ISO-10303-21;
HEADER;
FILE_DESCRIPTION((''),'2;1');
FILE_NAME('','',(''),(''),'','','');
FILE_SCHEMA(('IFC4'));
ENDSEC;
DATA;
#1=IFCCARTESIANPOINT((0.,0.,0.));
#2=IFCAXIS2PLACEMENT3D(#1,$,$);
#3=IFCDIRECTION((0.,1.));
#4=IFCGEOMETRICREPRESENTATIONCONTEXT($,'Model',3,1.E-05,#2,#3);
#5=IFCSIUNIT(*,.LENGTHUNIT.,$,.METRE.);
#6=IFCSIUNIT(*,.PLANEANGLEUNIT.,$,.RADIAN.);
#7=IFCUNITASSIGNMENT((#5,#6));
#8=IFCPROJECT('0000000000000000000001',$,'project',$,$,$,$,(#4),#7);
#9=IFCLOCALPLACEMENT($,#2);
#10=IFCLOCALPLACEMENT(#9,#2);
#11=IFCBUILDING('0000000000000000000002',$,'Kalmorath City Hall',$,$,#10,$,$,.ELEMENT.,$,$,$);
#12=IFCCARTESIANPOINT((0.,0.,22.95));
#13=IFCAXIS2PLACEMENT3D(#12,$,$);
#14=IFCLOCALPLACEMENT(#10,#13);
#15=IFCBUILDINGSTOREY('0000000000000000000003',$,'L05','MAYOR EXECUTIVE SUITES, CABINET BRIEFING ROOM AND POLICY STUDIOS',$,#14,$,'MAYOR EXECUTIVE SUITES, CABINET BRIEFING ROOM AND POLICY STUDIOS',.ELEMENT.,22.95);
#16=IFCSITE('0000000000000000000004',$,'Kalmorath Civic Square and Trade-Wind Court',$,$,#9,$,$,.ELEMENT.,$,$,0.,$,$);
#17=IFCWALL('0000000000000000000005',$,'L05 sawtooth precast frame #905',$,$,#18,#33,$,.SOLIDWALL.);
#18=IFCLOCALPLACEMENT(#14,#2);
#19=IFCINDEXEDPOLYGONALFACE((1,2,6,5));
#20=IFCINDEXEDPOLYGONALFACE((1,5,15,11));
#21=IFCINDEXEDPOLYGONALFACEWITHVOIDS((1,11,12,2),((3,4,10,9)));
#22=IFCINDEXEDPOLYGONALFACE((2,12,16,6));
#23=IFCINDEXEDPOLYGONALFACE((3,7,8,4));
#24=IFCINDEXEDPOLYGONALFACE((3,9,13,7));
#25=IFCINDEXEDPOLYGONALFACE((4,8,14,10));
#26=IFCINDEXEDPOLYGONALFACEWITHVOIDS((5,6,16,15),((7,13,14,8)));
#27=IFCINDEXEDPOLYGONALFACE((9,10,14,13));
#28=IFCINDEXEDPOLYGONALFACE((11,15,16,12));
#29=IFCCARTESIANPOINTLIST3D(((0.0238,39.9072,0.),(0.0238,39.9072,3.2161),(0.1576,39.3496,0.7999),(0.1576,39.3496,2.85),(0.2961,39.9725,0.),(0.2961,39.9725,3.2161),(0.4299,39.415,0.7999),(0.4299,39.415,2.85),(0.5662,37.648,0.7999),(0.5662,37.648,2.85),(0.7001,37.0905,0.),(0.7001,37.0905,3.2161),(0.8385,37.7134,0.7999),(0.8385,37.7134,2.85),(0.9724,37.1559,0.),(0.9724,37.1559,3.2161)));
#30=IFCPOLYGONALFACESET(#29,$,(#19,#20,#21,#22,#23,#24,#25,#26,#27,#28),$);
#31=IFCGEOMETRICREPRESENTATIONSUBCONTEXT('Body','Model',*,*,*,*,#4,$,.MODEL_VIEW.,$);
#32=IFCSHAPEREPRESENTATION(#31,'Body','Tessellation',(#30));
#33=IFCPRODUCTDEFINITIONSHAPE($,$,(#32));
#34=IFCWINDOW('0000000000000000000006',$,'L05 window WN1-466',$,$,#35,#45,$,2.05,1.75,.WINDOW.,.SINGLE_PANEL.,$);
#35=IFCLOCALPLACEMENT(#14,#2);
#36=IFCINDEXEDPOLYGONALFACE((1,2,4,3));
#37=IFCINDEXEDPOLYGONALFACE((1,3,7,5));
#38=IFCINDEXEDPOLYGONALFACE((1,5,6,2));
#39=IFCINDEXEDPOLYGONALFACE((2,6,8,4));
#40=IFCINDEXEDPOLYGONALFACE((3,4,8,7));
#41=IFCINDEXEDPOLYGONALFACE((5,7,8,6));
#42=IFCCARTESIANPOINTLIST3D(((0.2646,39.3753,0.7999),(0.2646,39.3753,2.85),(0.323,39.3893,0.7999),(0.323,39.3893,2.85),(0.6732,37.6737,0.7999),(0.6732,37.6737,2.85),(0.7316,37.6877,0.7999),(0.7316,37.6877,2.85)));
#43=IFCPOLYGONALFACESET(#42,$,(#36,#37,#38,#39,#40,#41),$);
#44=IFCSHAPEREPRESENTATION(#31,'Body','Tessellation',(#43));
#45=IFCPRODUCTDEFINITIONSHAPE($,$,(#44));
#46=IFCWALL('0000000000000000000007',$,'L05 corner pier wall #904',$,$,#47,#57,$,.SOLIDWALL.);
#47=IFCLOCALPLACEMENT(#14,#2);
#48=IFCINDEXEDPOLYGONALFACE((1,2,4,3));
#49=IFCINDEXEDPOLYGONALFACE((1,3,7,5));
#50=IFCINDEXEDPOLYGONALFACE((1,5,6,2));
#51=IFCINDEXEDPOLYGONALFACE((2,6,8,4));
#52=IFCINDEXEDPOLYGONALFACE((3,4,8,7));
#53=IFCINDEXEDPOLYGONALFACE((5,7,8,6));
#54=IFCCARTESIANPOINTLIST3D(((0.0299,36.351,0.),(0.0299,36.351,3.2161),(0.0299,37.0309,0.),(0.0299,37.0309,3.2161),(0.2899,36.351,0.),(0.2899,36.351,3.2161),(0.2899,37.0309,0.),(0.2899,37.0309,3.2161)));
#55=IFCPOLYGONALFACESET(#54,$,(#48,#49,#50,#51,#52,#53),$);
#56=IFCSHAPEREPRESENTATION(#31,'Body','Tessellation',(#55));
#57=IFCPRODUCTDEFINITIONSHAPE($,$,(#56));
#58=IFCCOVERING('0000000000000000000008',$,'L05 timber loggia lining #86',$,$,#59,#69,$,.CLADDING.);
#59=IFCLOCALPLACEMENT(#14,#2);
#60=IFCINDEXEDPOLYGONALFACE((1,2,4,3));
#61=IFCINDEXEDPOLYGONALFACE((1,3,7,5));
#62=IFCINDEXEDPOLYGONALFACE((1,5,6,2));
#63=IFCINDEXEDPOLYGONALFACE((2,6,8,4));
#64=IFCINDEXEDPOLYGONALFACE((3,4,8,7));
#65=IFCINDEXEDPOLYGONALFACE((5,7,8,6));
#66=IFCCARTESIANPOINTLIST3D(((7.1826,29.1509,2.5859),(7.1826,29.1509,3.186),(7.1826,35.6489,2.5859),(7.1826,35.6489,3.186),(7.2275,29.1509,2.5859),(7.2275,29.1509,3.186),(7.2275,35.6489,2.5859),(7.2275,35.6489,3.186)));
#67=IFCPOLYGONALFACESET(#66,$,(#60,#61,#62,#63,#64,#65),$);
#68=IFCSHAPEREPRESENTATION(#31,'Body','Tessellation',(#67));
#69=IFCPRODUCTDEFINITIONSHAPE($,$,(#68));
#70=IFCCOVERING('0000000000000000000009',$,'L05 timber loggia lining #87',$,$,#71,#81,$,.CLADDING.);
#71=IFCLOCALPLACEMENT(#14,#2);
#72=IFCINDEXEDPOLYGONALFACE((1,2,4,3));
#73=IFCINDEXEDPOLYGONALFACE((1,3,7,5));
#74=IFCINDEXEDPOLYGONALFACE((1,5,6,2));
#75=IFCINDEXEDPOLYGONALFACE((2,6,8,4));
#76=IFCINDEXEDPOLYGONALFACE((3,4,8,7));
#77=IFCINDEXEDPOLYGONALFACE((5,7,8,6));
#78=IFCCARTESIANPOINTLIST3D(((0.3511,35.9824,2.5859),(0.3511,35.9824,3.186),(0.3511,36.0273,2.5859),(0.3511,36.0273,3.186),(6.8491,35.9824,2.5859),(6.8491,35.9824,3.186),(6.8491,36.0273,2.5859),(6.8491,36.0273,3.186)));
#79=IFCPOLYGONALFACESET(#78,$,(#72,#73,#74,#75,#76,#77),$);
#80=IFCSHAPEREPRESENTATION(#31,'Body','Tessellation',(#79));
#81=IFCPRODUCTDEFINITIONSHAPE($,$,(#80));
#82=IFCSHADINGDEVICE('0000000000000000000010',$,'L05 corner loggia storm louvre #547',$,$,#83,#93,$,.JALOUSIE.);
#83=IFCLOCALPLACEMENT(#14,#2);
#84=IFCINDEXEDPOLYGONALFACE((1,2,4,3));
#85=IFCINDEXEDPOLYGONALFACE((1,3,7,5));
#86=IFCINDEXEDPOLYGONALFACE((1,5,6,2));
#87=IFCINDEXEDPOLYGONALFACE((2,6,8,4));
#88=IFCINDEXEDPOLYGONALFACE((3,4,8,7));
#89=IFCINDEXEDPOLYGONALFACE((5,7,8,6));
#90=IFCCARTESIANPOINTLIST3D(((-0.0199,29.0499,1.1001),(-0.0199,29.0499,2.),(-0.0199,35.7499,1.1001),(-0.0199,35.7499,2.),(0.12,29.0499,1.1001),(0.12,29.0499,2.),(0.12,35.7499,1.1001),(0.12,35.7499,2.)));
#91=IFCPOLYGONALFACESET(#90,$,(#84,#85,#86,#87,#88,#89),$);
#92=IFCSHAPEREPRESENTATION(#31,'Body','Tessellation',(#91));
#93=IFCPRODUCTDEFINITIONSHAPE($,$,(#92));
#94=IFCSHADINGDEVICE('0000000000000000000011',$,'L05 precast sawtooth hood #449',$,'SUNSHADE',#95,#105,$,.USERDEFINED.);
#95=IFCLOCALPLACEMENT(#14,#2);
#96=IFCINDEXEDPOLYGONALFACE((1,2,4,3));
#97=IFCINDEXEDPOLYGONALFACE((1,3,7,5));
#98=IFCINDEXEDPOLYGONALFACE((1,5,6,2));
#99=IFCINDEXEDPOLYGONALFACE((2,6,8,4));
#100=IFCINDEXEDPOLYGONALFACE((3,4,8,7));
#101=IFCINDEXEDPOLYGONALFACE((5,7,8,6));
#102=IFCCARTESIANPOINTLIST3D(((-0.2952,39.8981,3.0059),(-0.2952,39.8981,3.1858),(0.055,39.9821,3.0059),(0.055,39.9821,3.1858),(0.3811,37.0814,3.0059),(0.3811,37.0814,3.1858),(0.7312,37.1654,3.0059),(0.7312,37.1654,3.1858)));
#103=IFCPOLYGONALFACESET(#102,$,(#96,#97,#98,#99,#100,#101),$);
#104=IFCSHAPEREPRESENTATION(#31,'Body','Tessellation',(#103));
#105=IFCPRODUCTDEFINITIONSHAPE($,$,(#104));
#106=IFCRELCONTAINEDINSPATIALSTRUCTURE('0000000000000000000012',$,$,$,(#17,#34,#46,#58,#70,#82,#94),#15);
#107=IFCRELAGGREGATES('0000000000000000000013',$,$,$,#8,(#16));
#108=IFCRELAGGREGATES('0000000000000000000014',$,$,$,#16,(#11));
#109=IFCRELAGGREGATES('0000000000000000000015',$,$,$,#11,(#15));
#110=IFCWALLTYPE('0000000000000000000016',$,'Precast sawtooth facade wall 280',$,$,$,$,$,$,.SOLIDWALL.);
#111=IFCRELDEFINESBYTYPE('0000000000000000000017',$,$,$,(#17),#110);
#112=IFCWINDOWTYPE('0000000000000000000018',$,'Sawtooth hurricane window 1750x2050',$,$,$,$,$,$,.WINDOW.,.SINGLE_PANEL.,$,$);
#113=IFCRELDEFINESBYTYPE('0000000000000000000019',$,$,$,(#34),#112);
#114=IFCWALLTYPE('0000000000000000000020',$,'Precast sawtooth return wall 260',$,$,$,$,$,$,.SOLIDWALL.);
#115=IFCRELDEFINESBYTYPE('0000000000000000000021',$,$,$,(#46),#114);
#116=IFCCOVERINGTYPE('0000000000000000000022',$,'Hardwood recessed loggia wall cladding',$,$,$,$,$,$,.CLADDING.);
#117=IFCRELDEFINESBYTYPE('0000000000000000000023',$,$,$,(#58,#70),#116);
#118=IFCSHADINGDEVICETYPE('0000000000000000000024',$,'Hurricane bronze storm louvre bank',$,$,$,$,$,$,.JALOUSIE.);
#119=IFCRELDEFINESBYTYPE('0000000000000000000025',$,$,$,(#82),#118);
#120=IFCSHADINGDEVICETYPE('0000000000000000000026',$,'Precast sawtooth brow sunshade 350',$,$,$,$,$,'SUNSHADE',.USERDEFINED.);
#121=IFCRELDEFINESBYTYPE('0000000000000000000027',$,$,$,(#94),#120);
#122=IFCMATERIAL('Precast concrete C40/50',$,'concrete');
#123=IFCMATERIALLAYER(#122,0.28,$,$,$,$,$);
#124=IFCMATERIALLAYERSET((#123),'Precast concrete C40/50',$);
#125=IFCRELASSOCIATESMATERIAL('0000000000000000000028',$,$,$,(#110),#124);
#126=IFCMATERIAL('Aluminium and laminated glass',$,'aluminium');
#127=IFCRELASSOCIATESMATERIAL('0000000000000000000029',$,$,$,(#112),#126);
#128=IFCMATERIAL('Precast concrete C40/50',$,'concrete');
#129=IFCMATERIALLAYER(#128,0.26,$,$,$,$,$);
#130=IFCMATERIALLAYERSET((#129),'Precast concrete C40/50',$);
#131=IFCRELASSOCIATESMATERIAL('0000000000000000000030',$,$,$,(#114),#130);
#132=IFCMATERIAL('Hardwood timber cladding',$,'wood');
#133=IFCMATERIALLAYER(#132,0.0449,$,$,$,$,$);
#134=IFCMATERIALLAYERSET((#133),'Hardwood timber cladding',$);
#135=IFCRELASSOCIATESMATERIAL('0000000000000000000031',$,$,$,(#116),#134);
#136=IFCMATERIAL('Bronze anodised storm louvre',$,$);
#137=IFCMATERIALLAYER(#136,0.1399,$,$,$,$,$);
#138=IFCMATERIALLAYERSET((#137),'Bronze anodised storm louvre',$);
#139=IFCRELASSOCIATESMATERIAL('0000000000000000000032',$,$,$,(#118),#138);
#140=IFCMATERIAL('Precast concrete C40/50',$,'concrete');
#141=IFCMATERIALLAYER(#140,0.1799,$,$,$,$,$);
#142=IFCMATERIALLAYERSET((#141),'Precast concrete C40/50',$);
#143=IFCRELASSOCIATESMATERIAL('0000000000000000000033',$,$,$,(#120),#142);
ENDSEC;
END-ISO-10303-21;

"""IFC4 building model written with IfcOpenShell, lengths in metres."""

from ifc_helpers import new_model, si_unit, direction, frame, frame_2d, origin, origin_2d, place, context, subcontext, project, spatial, rectangle, extrude, material, layer, layer_set, type_object, element, fill, save


model = new_model("IFC4")

# Units and contexts
model_context = context("Model", 3, precision=1e-05, world=origin(), true_north=direction((0.0, 1.0)))
body_context = subcontext(model_context, "Body", "Model", "MODEL_VIEW")
ifc_project = project(units=[si_unit("LENGTHUNIT", "METRE"), si_unit("PLANEANGLEUNIT", "RADIAN")], contexts=[model_context])

# Site, building, storey
site_placement = place(None, origin())
site = spatial("IfcSite", under=ifc_project, at=site_placement, Name="Kalmorath Civic Square and Trade-Wind Court", CompositionType="ELEMENT", RefElevation=0.0)
building_placement = place(site_placement, origin())
building = spatial("IfcBuilding", under=site, at=building_placement, Name="Kalmorath City Hall", CompositionType="ELEMENT")
storey_placement = place(building_placement, frame((0.0, 0.0, 22.95)))
storey = spatial("IfcBuildingStorey", under=building, at=storey_placement, Name="L05", Description="MAYOR EXECUTIVE SUITES, CABINET BRIEFING ROOM AND POLICY STUDIOS", LongName="MAYOR EXECUTIVE SUITES, CABINET BRIEFING ROOM AND POLICY STUDIOS", CompositionType="ELEMENT", Elevation=22.95)

# Wall, opening, window
ifc_material_1 = material(Name="Precast concrete C40/50", Category="concrete")
ifc_layer_1 = layer(ifc_material_1, 0.28)
ifc_layer_set_1 = layer_set([ifc_layer_1], Name="Precast concrete C40/50")
wall_type_1 = type_object("IfcWallType", Name="Precast sawtooth facade wall 280", PredefinedType="SOLIDWALL", material=ifc_layer_set_1)
wall_1_placement = place(storey_placement, frame((0.8362, 37.1233, 0.0), z_axis=(0.0, 0.0, 1.0), x_axis=(-0.233462, 0.972366, 0.0)))
wall_1 = element("IfcWall", 1, at=wall_1_placement, inside=storey, type_object=wall_type_1, Name="L05 sawtooth precast frame #905", PredefinedType="SOLIDWALL", context=body_context, shape_type="SweptSolid", body=[
    extrude(rectangle(XDim=2.8967, YDim=0.28, at=frame_2d((1.4482, 0.0))), origin(), (0.0, 0.0, 1.0), 3.2161),
])
opening_1_placement = place(wall_1_placement, frame((0.5732, 0.0, 0.8)))
opening_1 = element("IfcOpeningElement", 2, at=opening_1_placement, cuts=wall_1, PredefinedType="OPENING", context=body_context, shape_type="SweptSolid", body=[
    extrude(rectangle(XDim=1.75, YDim=2.05, at=frame_2d((0.875, 1.0249))), frame((0.0, 0.1499, 0.0), z_axis=(0.0, -1.0, 0.0), x_axis=(1.0, 0.0, 0.0)), (0.0, 0.0, 1.0), 0.3),
])
ifc_material_2 = material(Name="Aluminium and laminated glass", Category="aluminium")
window_type_1 = type_object("IfcWindowType", Name="Sawtooth hurricane window 1750x2050", PartitioningType="SINGLE_PANEL", PredefinedType="WINDOW", material=ifc_material_2)
window_1_placement = place(opening_1_placement, origin())
window_1 = element("IfcWindow", 3, at=window_1_placement, inside=storey, type_object=window_type_1, Name="L05 window WN1-466", OverallHeight=2.05, OverallWidth=1.75, PartitioningType="SINGLE_PANEL", PredefinedType="WINDOW", context=body_context, shape_type="SweptSolid", body=[
    extrude(rectangle(XDim=1.75, YDim=2.05, at=frame_2d((0.875, 1.0249))), frame((0.0, 0.03, 0.0), z_axis=(0.0, -1.0, 0.0), x_axis=(1.0, 0.0, 0.0)), (0.0, 0.0, 1.0), 0.0601),
])
fill(opening_1, window_1)

# Wall
ifc_material_3 = material(Name="Precast concrete C40/50", Category="concrete")
ifc_layer_2 = layer(ifc_material_3, 0.26)
ifc_layer_set_2 = layer_set([ifc_layer_2], Name="Precast concrete C40/50")
wall_type_2 = type_object("IfcWallType", Name="Precast sawtooth return wall 260", PredefinedType="SOLIDWALL", material=ifc_layer_set_2)
wall_2_placement = place(storey_placement, frame((0.1599, 36.3511, 0.0), z_axis=(0.0, 0.0, 1.0), x_axis=(0.0, 1.0, 0.0)))
element("IfcWall", 4, at=wall_2_placement, inside=storey, type_object=wall_type_2, Name="L05 corner pier wall #904", PredefinedType="SOLIDWALL", context=body_context, shape_type="SweptSolid", body=[
    extrude(rectangle(XDim=0.6799, YDim=0.26, at=frame_2d((0.3398, 0.0))), origin(), (0.0, 0.0, 1.0), 3.2161),
])

# Coverings
ifc_material_4 = material(Name="Hardwood timber cladding", Category="wood")
ifc_layer_3 = layer(ifc_material_4, 0.0449)
ifc_layer_set_3 = layer_set([ifc_layer_3], Name="Hardwood timber cladding")
covering_type = type_object("IfcCoveringType", Name="Hardwood recessed loggia wall cladding", PredefinedType="CLADDING", material=ifc_layer_set_3)
for number, where, z_axis, x_axis, name in (
    (5, (7.2051, 32.3999, 2.5859), (0.0, 0.0, 1.0), (0.0, 1.0, 0.0), "L05 timber loggia lining #86"),
    (6, (3.6001, 36.0049, 2.5859), (0.0, 0.0, 1.0), (-1.0, 0.0, 0.0), "L05 timber loggia lining #87"),
):
    element("IfcCovering", number, at=place(storey_placement, frame(where, z_axis=z_axis, x_axis=x_axis)), inside=storey, type_object=covering_type, Name=name, PredefinedType="CLADDING", context=body_context, shape_type="SweptSolid", body=[
        extrude(rectangle(XDim=6.498, YDim=0.0449, at=origin_2d()), origin(), (0.0, 0.0, 1.0), 0.6001),
    ])

# Shading devices
ifc_material_5 = material(Name="Bronze anodised storm louvre")
ifc_layer_4 = layer(ifc_material_5, 0.1399)
ifc_layer_set_4 = layer_set([ifc_layer_4], Name="Bronze anodised storm louvre")
shading_device_type_1 = type_object("IfcShadingDeviceType", Name="Hurricane bronze storm louvre bank", PredefinedType="JALOUSIE", material=ifc_layer_set_4)
shading_device_1_placement = place(storey_placement, frame((0.05, 32.3999, 1.1001), z_axis=(0.0, 0.0, 1.0), x_axis=(0.0, 1.0, 0.0)))
element("IfcShadingDevice", 7, at=shading_device_1_placement, inside=storey, type_object=shading_device_type_1, Name="L05 corner loggia storm louvre #547", PredefinedType="JALOUSIE", context=body_context, shape_type="SweptSolid", body=[
    extrude(rectangle(XDim=6.7, YDim=0.1399, at=origin_2d()), origin(), (0.0, 0.0, 1.0), 0.8999),
])
ifc_material_6 = material(Name="Precast concrete C40/50", Category="concrete")
ifc_layer_5 = layer(ifc_material_6, 0.1799)
ifc_layer_set_5 = layer_set([ifc_layer_5], Name="Precast concrete C40/50")
shading_device_type_2 = type_object("IfcShadingDeviceType", Name="Precast sawtooth brow sunshade 350", ElementType="SUNSHADE", PredefinedType="USERDEFINED", material=ifc_layer_set_5)
shading_device_2_placement = place(storey_placement, frame((0.218, 38.5317, 3.0059), z_axis=(0.0, 0.0, 1.0), x_axis=(-0.233445, 0.97237, 0.0)))
element("IfcShadingDevice", 8, at=shading_device_2_placement, inside=storey, type_object=shading_device_type_2, Name="L05 precast sawtooth hood #449", ObjectType="SUNSHADE", PredefinedType="USERDEFINED", context=body_context, shape_type="SweptSolid", body=[
    extrude(rectangle(XDim=2.8967, YDim=0.3601, at=origin_2d()), origin(), (0.0, 0.0, 1.0), 0.1799),
])

save(model, "model.ifc")
